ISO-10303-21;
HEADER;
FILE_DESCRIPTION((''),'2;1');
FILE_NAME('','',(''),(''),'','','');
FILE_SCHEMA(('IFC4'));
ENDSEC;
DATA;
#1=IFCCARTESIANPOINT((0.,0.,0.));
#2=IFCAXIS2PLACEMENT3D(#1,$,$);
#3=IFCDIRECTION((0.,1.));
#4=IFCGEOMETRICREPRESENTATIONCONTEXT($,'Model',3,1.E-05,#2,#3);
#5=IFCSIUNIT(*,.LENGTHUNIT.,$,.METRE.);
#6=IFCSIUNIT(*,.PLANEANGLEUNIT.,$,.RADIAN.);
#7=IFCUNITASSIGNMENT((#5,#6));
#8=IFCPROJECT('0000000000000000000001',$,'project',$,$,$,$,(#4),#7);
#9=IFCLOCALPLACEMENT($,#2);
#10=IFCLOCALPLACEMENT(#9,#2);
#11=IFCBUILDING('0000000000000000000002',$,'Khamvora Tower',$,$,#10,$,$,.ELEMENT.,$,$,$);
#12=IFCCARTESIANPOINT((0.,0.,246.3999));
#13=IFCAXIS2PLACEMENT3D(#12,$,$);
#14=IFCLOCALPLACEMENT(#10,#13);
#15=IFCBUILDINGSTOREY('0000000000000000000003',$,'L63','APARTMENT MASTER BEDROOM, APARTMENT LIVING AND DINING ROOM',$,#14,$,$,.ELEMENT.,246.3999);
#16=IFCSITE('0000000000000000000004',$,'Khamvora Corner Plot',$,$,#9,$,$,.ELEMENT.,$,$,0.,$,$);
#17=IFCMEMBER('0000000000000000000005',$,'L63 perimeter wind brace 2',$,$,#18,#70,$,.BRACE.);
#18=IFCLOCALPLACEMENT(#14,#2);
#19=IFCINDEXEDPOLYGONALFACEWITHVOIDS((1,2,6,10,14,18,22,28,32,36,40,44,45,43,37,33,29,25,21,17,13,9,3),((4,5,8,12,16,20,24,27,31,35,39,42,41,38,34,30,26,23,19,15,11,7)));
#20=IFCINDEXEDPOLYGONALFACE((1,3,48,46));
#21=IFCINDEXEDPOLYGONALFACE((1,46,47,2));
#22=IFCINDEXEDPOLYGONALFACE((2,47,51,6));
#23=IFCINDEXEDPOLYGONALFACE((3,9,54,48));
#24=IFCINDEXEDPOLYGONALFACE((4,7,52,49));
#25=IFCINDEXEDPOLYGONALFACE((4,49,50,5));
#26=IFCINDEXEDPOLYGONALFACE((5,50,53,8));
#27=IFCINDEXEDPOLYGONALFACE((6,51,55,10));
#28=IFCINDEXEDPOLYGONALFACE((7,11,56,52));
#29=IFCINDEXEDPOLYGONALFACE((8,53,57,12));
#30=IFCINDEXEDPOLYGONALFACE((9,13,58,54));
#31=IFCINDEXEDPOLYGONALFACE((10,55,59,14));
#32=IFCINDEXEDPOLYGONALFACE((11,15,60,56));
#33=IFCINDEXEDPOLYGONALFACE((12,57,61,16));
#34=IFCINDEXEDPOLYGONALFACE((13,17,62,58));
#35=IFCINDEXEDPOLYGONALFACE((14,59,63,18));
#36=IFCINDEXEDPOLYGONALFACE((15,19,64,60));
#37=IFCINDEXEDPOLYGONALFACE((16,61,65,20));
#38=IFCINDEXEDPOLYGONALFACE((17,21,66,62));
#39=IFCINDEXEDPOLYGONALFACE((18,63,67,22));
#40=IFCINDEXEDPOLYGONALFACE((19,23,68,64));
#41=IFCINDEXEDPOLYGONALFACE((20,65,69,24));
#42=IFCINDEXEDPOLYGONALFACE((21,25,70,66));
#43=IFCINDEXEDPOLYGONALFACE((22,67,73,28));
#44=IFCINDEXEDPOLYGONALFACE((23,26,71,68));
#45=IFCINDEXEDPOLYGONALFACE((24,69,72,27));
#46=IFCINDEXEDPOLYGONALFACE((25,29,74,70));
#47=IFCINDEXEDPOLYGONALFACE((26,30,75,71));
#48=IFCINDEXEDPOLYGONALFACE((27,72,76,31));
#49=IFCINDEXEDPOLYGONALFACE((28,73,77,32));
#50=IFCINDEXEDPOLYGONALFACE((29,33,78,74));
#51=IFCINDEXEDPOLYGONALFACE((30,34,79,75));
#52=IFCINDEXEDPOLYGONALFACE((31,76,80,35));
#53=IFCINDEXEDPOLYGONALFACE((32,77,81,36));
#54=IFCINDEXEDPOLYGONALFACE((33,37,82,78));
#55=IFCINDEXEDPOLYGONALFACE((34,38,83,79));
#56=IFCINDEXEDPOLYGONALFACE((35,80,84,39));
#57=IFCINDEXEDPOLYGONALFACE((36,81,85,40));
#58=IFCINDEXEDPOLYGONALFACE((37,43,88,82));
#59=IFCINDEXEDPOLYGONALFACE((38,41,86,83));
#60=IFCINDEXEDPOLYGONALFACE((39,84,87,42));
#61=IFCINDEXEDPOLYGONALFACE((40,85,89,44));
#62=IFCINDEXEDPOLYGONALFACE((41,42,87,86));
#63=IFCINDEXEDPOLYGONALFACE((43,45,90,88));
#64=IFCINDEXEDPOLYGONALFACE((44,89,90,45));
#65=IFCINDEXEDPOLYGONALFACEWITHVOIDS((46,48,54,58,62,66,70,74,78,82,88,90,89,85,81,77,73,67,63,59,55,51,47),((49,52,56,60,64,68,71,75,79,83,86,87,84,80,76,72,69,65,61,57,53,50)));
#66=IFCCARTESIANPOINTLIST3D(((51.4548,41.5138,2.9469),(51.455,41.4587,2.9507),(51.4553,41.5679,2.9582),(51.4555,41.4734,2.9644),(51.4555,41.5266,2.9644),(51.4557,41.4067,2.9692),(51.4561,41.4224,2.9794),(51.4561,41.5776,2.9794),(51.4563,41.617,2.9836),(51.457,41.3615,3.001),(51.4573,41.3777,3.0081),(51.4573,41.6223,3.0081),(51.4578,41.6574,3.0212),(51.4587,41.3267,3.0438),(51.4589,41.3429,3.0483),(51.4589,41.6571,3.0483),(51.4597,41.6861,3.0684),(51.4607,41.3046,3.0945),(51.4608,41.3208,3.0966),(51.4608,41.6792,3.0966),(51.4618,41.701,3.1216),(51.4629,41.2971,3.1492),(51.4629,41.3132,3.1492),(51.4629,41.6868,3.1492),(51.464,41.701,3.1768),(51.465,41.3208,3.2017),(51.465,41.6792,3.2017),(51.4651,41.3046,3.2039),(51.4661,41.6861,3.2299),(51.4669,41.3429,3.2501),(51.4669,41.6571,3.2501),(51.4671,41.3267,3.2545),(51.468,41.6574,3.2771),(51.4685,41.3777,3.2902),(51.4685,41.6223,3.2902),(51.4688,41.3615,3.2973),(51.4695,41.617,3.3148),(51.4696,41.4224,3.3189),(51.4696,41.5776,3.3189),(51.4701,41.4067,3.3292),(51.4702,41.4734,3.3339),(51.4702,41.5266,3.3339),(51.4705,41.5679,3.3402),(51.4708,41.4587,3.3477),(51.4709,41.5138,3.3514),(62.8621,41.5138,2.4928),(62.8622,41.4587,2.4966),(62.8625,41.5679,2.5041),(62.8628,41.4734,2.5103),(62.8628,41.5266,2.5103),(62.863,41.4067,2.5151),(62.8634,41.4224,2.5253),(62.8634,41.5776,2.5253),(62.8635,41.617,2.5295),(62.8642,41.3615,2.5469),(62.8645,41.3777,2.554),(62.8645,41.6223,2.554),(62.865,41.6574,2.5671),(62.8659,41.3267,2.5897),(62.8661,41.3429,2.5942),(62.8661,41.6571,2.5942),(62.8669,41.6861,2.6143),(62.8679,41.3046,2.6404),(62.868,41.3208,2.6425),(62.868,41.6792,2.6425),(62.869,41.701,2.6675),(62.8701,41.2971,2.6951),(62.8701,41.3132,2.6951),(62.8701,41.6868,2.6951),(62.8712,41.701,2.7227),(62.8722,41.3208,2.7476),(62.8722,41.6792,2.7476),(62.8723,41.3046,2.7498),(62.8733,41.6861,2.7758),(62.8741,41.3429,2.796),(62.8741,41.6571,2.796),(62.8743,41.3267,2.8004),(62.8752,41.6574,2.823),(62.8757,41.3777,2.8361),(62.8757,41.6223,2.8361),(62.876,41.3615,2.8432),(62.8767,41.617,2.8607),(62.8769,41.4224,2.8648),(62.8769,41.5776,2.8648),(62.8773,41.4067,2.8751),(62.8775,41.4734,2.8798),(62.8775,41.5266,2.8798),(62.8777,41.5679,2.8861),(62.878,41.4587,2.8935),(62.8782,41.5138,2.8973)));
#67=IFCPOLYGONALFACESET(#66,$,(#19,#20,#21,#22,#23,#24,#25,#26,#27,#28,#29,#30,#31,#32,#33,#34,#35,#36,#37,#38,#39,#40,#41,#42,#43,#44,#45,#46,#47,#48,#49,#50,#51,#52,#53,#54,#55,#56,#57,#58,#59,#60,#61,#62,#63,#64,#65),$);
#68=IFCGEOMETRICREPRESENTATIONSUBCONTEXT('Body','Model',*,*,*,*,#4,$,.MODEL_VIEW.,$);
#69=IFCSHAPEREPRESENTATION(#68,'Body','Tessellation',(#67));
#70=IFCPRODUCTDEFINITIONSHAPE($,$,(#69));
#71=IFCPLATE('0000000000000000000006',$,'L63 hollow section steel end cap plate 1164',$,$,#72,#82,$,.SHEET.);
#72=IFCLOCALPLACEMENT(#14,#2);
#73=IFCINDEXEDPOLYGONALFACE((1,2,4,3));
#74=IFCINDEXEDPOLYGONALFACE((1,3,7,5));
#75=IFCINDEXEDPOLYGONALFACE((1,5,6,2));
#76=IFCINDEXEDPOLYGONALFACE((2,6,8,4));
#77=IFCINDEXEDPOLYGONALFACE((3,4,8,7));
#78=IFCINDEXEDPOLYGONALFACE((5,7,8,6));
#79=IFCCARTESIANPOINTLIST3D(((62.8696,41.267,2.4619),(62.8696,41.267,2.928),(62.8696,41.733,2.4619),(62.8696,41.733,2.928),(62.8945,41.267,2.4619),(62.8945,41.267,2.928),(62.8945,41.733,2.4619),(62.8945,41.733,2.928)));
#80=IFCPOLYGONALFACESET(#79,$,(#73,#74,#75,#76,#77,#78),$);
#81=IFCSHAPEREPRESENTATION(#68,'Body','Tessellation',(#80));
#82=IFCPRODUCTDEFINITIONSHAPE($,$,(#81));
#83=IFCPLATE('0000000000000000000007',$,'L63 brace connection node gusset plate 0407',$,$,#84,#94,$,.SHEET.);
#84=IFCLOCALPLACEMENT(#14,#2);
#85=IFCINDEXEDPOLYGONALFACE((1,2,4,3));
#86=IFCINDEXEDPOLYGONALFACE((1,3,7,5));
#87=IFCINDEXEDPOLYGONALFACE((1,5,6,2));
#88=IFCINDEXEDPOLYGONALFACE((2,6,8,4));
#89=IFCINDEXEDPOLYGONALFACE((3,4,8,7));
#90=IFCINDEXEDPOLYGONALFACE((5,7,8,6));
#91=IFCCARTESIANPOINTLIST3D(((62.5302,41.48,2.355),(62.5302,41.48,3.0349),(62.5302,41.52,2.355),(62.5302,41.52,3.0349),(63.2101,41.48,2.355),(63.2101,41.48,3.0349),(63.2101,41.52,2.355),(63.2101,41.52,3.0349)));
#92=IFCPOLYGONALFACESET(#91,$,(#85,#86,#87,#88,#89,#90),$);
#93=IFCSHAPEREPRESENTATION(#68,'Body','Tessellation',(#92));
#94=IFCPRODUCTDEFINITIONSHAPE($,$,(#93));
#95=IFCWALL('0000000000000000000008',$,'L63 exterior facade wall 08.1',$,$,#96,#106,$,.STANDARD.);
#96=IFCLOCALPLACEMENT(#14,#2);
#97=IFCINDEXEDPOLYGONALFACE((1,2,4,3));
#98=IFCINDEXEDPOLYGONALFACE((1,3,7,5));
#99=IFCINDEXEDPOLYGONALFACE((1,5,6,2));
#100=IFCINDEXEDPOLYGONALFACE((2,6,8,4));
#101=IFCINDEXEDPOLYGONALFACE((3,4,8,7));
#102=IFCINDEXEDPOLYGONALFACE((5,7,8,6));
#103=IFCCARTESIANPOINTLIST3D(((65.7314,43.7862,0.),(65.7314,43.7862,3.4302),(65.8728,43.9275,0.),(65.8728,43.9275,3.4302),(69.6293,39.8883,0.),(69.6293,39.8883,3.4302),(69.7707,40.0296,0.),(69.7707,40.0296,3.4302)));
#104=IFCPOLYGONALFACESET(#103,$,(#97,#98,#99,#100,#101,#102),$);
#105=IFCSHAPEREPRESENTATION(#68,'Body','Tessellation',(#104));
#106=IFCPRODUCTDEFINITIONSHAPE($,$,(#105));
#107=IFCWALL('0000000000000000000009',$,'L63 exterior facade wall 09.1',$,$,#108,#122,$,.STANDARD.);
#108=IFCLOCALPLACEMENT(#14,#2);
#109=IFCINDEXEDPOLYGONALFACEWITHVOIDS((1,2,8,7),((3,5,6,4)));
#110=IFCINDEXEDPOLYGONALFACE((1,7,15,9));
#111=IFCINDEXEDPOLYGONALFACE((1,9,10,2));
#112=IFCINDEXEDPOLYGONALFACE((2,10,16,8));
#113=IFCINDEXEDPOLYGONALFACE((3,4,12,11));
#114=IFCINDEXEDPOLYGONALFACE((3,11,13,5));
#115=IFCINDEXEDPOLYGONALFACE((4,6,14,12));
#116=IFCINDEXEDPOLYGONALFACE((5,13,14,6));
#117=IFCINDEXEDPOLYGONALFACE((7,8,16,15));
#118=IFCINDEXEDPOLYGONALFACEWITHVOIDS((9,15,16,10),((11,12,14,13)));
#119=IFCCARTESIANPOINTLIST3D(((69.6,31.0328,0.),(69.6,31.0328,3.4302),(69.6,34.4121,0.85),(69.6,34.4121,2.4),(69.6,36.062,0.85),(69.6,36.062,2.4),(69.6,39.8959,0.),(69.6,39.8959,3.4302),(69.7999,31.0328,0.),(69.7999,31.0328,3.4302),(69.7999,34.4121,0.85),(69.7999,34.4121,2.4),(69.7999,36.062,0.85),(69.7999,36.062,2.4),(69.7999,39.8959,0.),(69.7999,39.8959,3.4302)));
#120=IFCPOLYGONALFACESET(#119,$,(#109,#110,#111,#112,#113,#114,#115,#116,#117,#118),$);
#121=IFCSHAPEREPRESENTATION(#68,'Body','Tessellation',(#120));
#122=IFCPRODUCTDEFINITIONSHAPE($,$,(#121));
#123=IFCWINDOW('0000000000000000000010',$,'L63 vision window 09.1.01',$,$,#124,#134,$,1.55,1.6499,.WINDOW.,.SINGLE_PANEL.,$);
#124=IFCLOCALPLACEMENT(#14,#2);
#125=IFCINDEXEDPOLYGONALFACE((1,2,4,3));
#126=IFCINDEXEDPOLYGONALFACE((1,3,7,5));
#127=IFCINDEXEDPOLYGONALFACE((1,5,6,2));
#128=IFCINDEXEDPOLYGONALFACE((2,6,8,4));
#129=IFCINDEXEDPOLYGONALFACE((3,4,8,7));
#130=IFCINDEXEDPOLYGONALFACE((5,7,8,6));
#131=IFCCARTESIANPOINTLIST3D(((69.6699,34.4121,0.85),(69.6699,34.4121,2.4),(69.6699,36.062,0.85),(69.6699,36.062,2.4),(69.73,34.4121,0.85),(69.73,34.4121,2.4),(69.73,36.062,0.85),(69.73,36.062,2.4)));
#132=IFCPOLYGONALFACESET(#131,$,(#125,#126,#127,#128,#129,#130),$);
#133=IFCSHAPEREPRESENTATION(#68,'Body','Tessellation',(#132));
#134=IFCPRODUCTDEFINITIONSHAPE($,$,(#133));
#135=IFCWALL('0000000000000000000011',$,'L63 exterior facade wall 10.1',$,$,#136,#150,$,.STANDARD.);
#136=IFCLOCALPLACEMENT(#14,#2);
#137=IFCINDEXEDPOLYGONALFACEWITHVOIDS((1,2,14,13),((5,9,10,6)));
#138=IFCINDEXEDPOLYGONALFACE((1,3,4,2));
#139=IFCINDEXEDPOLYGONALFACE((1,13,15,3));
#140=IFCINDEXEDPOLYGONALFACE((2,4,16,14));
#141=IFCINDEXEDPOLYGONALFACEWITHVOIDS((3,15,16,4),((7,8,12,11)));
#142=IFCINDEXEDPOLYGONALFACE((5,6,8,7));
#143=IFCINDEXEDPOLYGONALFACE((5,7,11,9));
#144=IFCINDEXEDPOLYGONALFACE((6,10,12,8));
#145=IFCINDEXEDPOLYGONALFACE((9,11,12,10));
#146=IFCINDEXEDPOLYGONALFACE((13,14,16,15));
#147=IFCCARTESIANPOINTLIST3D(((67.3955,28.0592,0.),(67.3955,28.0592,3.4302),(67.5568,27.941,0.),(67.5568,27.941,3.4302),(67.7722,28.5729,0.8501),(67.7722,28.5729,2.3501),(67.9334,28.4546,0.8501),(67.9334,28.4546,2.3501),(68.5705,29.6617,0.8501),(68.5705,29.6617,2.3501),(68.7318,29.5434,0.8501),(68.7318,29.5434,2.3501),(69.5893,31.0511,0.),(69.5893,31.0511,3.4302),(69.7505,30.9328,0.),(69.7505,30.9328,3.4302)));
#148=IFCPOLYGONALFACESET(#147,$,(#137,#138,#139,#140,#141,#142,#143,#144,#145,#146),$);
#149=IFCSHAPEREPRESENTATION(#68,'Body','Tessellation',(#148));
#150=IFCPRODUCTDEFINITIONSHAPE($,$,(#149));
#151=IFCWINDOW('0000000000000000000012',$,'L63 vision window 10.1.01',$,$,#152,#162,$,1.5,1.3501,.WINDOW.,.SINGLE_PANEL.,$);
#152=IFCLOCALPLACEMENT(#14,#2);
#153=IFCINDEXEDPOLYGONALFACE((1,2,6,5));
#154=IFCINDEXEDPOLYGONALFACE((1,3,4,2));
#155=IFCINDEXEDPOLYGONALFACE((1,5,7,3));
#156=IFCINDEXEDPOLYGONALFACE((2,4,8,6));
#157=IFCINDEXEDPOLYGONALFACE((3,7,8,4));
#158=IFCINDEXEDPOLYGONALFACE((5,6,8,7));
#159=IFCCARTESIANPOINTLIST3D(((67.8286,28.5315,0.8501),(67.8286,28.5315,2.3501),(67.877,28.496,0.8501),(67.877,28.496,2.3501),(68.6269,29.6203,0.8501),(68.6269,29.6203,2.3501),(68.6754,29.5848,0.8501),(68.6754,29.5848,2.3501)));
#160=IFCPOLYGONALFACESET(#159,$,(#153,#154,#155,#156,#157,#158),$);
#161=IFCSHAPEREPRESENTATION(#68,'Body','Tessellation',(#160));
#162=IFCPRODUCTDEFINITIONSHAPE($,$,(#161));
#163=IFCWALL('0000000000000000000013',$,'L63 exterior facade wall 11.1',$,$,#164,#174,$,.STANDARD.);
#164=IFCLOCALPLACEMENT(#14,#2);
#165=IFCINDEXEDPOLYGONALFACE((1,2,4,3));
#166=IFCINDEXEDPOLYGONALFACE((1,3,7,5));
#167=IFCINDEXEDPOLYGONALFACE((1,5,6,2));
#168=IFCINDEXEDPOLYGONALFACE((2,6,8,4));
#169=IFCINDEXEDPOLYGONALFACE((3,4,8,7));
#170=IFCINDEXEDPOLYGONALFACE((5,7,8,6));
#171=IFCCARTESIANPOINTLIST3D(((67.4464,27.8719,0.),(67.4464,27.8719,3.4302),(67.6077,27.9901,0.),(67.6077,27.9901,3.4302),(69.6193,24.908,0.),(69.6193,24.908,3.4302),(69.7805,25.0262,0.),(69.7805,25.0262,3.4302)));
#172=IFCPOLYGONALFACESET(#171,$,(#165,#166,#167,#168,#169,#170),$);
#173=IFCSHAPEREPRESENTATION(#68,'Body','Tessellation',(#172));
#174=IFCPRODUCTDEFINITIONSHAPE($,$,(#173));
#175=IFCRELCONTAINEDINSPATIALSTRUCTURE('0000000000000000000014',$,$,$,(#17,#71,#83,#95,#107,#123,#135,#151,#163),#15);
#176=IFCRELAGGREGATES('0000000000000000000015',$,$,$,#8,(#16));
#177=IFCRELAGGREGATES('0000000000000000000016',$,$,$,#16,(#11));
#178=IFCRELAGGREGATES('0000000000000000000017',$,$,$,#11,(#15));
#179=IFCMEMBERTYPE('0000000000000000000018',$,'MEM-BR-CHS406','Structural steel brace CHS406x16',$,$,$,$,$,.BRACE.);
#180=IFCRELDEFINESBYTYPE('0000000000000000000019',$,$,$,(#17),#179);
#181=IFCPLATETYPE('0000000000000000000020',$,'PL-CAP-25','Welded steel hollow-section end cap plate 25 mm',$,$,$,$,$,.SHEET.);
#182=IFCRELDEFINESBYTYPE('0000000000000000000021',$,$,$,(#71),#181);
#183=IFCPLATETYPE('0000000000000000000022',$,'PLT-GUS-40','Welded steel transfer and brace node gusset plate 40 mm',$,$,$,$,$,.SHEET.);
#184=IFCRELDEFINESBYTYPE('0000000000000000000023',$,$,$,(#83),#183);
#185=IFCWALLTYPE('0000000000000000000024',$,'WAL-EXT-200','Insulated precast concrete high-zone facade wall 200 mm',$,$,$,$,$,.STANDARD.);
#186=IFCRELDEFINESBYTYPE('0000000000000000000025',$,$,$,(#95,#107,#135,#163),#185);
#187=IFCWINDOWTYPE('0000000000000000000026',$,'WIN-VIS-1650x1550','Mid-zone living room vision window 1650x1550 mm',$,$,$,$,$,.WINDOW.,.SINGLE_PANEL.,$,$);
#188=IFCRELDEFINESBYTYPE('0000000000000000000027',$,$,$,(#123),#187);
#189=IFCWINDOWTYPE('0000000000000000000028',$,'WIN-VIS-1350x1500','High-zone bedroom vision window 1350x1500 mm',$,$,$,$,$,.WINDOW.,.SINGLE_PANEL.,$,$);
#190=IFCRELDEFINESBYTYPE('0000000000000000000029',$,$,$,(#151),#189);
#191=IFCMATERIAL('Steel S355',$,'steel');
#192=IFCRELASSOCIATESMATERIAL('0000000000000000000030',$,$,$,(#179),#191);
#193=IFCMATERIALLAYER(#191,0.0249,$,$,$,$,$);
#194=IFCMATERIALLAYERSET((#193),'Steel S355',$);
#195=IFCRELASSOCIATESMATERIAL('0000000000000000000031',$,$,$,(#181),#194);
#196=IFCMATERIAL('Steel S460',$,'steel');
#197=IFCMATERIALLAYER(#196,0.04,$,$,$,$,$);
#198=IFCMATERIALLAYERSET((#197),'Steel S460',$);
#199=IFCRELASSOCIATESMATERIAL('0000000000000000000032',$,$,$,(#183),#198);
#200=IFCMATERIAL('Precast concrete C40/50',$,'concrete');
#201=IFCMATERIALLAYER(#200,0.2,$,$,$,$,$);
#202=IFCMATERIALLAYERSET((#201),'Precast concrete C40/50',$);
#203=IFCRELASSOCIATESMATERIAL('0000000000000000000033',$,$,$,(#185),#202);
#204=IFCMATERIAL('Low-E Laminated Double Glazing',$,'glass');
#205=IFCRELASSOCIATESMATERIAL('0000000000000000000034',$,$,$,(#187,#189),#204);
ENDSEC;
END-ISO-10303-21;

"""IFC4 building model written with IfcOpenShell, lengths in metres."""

from ifc_helpers import new_model, si_unit, direction, frame, frame_2d, origin, origin_2d, place, context, subcontext, project, spatial, rectangle, hollow_circle, extrude, material, layer, layer_set, material_profile, profile_set, type_object, element, fill, save


model = new_model("IFC4")

# Units and contexts
model_context = context("Model", 3, precision=1e-05, world=origin(), true_north=direction((0.0, 1.0)))
body_context = subcontext(model_context, "Body", "Model", "MODEL_VIEW")
ifc_project = project(units=[si_unit("LENGTHUNIT", "METRE"), si_unit("PLANEANGLEUNIT", "RADIAN")], contexts=[model_context])

# Site, building, storey
site_placement = place(None, origin())
site = spatial("IfcSite", under=ifc_project, at=site_placement, Name="Khamvora Corner Plot", CompositionType="ELEMENT", RefElevation=0.0)
building_placement = place(site_placement, origin())
building = spatial("IfcBuilding", under=site, at=building_placement, Name="Khamvora Tower", CompositionType="ELEMENT")
storey_placement = place(building_placement, frame((0.0, 0.0, 246.3999)))
storey = spatial("IfcBuildingStorey", under=building, at=storey_placement, Name="L63", Description="APARTMENT MASTER BEDROOM, APARTMENT LIVING AND DINING ROOM", CompositionType="ELEMENT", Elevation=246.3999)

# Shared definitions
ifc_material_1 = material(Name="Steel S355", Category="steel")

# Member
ifc_material_profile_1 = material_profile(ifc_material_1, hollow_circle(Radius=0.2029, WallThickness=0.0161, at=origin_2d()), Name="CHS406x16")
ifc_profile_set_1 = profile_set([ifc_material_profile_1], Name="Steel S355")
member_type = type_object("IfcMemberType", Name="MEM-BR-CHS406", Description="Structural steel brace CHS406x16", PredefinedType="BRACE", material=ifc_profile_set_1)
member_placement = place(storey_placement, frame((62.8701, 41.5, 2.6951), z_axis=(-0.999209, 0.0, 0.039777), x_axis=(0.0, -1.0, 0.0)))
element("IfcMember", 1, at=member_placement, inside=storey, type_object=member_type, Name="L63 perimeter wind brace 2", PredefinedType="BRACE", context=body_context, shape_type="SweptSolid", body=[
    extrude(hollow_circle(Radius=0.2029, WallThickness=0.0161, at=origin_2d()), origin(), (0.0, 0.0, 1.0), 11.4163),
])

# Plates
ifc_layer_1 = layer(ifc_material_1, 0.0249)
ifc_layer_set_1 = layer_set([ifc_layer_1], Name="Steel S355")
plate_type_1 = type_object("IfcPlateType", Name="PL-CAP-25", Description="Welded steel hollow-section end cap plate 25 mm", PredefinedType="SHEET", material=ifc_layer_set_1)
plate_1_placement = place(storey_placement, frame((62.8821, 41.5, 2.4619), z_axis=(0.0, 0.0, 1.0), x_axis=(-1.0, 0.0, 0.0)))
element("IfcPlate", 2, at=plate_1_placement, inside=storey, type_object=plate_type_1, Name="L63 hollow section steel end cap plate 1164", PredefinedType="SHEET", context=body_context, shape_type="SweptSolid", body=[
    extrude(rectangle(XDim=0.0249, YDim=0.4661, at=origin_2d()), origin(), (0.0, 0.0, 1.0), 0.4661),
])
ifc_material_2 = material(Name="Steel S460", Category="steel")
ifc_layer_2 = layer(ifc_material_2, 0.04)
ifc_layer_set_2 = layer_set([ifc_layer_2], Name="Steel S460")
plate_type_2 = type_object("IfcPlateType", Name="PLT-GUS-40", Description="Welded steel transfer and brace node gusset plate 40 mm", PredefinedType="SHEET", material=ifc_layer_set_2)
plate_2_placement = place(storey_placement, frame((62.8701, 41.5, 2.355), z_axis=(0.0, 0.0, 1.0), x_axis=(1.0, 0.0, 0.0)))
element("IfcPlate", 3, at=plate_2_placement, inside=storey, type_object=plate_type_2, Name="L63 brace connection node gusset plate 0407", PredefinedType="SHEET", context=body_context, shape_type="SweptSolid", body=[
    extrude(rectangle(XDim=0.6799, YDim=0.04, at=origin_2d()), origin(), (0.0, 0.0, 1.0), 0.6799),
])

# Wall
ifc_material_3 = material(Name="Precast concrete C40/50", Category="concrete")
ifc_layer_3 = layer(ifc_material_3, 0.2)
ifc_layer_set_3 = layer_set([ifc_layer_3], Name="Precast concrete C40/50")
wall_type_1 = type_object("IfcWallType", Name="WAL-EXT-200", Description="Insulated precast concrete high-zone facade wall 200 mm", PredefinedType="STANDARD", material=ifc_layer_set_3)
wall_1_placement = place(storey_placement, frame((65.802, 43.8569, 0.0), z_axis=(0.0, 0.0, 1.0), x_axis=(0.707107, -0.707107, 0.0)))
element("IfcWall", 4, at=wall_1_placement, inside=storey, type_object=wall_type_1, Name="L63 exterior facade wall 08.1", PredefinedType="STANDARD", context=body_context, shape_type="SweptSolid", body=[
    extrude(rectangle(XDim=5.5125, YDim=0.2, at=frame_2d((2.7563, 0.0))), origin(), (0.0, 0.0, 1.0), 3.4302),
])

# Walls, openings, windows
wall_2_placement = place(storey_placement, frame((69.7, 39.896, 0.0), z_axis=(0.0, 0.0, 1.0), x_axis=(0.0, -1.0, 0.0)))
wall_2 = element("IfcWall", 5, at=wall_2_placement, inside=storey, type_object=wall_type_1, Name="L63 exterior facade wall 09.1", PredefinedType="STANDARD", context=body_context, shape_type="SweptSolid", body=[
    extrude(rectangle(XDim=8.863, YDim=0.2, at=frame_2d((4.4316, 0.0))), origin(), (0.0, 0.0, 1.0), 3.4302),
])
opening_1_placement = place(wall_2_placement, frame((3.834, 0.0, 0.8501)))
opening_1 = element("IfcOpeningElement", 6, at=opening_1_placement, cuts=wall_2, PredefinedType="OPENING", context=body_context, shape_type="SweptSolid", body=[
    extrude(rectangle(XDim=1.6499, YDim=1.55, at=frame_2d((0.825, 0.7749))), frame((0.0, 0.1099, 0.0), z_axis=(0.0, -1.0, 0.0), x_axis=(1.0, 0.0, 0.0)), (0.0, 0.0, 1.0), 0.22),
])
ifc_material_4 = material(Name="Low-E Laminated Double Glazing", Category="glass")
window_type_1 = type_object("IfcWindowType", Name="WIN-VIS-1650x1550", Description="Mid-zone living room vision window 1650x1550 mm", PartitioningType="SINGLE_PANEL", PredefinedType="WINDOW", material=ifc_material_4)
window_1_placement = place(opening_1_placement, origin())
window_1 = element("IfcWindow", 7, at=window_1_placement, inside=storey, type_object=window_type_1, Name="L63 vision window 09.1.01", OverallHeight=1.55, OverallWidth=1.6499, PartitioningType="SINGLE_PANEL", PredefinedType="WINDOW", context=body_context, shape_type="SweptSolid", body=[
    extrude(rectangle(XDim=1.6499, YDim=1.55, at=frame_2d((0.825, 0.7749))), frame((0.0, 0.03, 0.0), z_axis=(0.0, -1.0, 0.0), x_axis=(1.0, 0.0, 0.0)), (0.0, 0.0, 1.0), 0.0601),
])
fill(opening_1, window_1)
wall_3_placement = place(storey_placement, frame((69.6699, 30.9919, 0.0), z_axis=(0.0, 0.0, 1.0), x_axis=(-0.591321, -0.806436, 0.0)))
wall_3 = element("IfcWall", 8, at=wall_3_placement, inside=storey, type_object=wall_type_1, Name="L63 exterior facade wall 10.1", PredefinedType="STANDARD", context=body_context, shape_type="SweptSolid", body=[
    extrude(rectangle(XDim=3.71, YDim=0.2, at=frame_2d((1.855, 0.0))), origin(), (0.0, 0.0, 1.0), 3.4302),
])
opening_2_placement = place(wall_3_placement, frame((1.7229, 0.0, 0.8501)))
opening_2 = element("IfcOpeningElement", 9, at=opening_2_placement, cuts=wall_3, PredefinedType="OPENING", context=body_context, shape_type="SweptSolid", body=[
    extrude(rectangle(XDim=1.3501, YDim=1.5, at=frame_2d((0.675, 0.75))), frame((0.0, 0.1099, 0.0), z_axis=(0.0, -1.0, 0.0), x_axis=(1.0, 0.0, 0.0)), (0.0, 0.0, 1.0), 0.22),
])
window_type_2 = type_object("IfcWindowType", Name="WIN-VIS-1350x1500", Description="High-zone bedroom vision window 1350x1500 mm", PartitioningType="SINGLE_PANEL", PredefinedType="WINDOW", material=ifc_material_4)
window_2_placement = place(opening_2_placement, origin())
window_2 = element("IfcWindow", 10, at=window_2_placement, inside=storey, type_object=window_type_2, Name="L63 vision window 10.1.01", OverallHeight=1.5, OverallWidth=1.3501, PartitioningType="SINGLE_PANEL", PredefinedType="WINDOW", context=body_context, shape_type="SweptSolid", body=[
    extrude(rectangle(XDim=1.3501, YDim=1.5, at=frame_2d((0.675, 0.75))), frame((0.0, 0.03, 0.0), z_axis=(0.0, -1.0, 0.0), x_axis=(1.0, 0.0, 0.0)), (0.0, 0.0, 1.0), 0.0601),
])
fill(opening_2, window_2)

# Wall
wall_4_placement = place(storey_placement, frame((67.5271, 27.9309, 0.0), z_axis=(0.0, 0.0, 1.0), x_axis=(0.591248, -0.806489, 0.0)))
element("IfcWall", 11, at=wall_4_placement, inside=storey, type_object=wall_type_1, Name="L63 exterior facade wall 11.1", PredefinedType="STANDARD", context=body_context, shape_type="SweptSolid", body=[
    extrude(rectangle(XDim=3.675, YDim=0.2, at=frame_2d((1.8374, 0.0))), origin(), (0.0, 0.0, 1.0), 3.4302),
])

save(model, "model.ifc")
